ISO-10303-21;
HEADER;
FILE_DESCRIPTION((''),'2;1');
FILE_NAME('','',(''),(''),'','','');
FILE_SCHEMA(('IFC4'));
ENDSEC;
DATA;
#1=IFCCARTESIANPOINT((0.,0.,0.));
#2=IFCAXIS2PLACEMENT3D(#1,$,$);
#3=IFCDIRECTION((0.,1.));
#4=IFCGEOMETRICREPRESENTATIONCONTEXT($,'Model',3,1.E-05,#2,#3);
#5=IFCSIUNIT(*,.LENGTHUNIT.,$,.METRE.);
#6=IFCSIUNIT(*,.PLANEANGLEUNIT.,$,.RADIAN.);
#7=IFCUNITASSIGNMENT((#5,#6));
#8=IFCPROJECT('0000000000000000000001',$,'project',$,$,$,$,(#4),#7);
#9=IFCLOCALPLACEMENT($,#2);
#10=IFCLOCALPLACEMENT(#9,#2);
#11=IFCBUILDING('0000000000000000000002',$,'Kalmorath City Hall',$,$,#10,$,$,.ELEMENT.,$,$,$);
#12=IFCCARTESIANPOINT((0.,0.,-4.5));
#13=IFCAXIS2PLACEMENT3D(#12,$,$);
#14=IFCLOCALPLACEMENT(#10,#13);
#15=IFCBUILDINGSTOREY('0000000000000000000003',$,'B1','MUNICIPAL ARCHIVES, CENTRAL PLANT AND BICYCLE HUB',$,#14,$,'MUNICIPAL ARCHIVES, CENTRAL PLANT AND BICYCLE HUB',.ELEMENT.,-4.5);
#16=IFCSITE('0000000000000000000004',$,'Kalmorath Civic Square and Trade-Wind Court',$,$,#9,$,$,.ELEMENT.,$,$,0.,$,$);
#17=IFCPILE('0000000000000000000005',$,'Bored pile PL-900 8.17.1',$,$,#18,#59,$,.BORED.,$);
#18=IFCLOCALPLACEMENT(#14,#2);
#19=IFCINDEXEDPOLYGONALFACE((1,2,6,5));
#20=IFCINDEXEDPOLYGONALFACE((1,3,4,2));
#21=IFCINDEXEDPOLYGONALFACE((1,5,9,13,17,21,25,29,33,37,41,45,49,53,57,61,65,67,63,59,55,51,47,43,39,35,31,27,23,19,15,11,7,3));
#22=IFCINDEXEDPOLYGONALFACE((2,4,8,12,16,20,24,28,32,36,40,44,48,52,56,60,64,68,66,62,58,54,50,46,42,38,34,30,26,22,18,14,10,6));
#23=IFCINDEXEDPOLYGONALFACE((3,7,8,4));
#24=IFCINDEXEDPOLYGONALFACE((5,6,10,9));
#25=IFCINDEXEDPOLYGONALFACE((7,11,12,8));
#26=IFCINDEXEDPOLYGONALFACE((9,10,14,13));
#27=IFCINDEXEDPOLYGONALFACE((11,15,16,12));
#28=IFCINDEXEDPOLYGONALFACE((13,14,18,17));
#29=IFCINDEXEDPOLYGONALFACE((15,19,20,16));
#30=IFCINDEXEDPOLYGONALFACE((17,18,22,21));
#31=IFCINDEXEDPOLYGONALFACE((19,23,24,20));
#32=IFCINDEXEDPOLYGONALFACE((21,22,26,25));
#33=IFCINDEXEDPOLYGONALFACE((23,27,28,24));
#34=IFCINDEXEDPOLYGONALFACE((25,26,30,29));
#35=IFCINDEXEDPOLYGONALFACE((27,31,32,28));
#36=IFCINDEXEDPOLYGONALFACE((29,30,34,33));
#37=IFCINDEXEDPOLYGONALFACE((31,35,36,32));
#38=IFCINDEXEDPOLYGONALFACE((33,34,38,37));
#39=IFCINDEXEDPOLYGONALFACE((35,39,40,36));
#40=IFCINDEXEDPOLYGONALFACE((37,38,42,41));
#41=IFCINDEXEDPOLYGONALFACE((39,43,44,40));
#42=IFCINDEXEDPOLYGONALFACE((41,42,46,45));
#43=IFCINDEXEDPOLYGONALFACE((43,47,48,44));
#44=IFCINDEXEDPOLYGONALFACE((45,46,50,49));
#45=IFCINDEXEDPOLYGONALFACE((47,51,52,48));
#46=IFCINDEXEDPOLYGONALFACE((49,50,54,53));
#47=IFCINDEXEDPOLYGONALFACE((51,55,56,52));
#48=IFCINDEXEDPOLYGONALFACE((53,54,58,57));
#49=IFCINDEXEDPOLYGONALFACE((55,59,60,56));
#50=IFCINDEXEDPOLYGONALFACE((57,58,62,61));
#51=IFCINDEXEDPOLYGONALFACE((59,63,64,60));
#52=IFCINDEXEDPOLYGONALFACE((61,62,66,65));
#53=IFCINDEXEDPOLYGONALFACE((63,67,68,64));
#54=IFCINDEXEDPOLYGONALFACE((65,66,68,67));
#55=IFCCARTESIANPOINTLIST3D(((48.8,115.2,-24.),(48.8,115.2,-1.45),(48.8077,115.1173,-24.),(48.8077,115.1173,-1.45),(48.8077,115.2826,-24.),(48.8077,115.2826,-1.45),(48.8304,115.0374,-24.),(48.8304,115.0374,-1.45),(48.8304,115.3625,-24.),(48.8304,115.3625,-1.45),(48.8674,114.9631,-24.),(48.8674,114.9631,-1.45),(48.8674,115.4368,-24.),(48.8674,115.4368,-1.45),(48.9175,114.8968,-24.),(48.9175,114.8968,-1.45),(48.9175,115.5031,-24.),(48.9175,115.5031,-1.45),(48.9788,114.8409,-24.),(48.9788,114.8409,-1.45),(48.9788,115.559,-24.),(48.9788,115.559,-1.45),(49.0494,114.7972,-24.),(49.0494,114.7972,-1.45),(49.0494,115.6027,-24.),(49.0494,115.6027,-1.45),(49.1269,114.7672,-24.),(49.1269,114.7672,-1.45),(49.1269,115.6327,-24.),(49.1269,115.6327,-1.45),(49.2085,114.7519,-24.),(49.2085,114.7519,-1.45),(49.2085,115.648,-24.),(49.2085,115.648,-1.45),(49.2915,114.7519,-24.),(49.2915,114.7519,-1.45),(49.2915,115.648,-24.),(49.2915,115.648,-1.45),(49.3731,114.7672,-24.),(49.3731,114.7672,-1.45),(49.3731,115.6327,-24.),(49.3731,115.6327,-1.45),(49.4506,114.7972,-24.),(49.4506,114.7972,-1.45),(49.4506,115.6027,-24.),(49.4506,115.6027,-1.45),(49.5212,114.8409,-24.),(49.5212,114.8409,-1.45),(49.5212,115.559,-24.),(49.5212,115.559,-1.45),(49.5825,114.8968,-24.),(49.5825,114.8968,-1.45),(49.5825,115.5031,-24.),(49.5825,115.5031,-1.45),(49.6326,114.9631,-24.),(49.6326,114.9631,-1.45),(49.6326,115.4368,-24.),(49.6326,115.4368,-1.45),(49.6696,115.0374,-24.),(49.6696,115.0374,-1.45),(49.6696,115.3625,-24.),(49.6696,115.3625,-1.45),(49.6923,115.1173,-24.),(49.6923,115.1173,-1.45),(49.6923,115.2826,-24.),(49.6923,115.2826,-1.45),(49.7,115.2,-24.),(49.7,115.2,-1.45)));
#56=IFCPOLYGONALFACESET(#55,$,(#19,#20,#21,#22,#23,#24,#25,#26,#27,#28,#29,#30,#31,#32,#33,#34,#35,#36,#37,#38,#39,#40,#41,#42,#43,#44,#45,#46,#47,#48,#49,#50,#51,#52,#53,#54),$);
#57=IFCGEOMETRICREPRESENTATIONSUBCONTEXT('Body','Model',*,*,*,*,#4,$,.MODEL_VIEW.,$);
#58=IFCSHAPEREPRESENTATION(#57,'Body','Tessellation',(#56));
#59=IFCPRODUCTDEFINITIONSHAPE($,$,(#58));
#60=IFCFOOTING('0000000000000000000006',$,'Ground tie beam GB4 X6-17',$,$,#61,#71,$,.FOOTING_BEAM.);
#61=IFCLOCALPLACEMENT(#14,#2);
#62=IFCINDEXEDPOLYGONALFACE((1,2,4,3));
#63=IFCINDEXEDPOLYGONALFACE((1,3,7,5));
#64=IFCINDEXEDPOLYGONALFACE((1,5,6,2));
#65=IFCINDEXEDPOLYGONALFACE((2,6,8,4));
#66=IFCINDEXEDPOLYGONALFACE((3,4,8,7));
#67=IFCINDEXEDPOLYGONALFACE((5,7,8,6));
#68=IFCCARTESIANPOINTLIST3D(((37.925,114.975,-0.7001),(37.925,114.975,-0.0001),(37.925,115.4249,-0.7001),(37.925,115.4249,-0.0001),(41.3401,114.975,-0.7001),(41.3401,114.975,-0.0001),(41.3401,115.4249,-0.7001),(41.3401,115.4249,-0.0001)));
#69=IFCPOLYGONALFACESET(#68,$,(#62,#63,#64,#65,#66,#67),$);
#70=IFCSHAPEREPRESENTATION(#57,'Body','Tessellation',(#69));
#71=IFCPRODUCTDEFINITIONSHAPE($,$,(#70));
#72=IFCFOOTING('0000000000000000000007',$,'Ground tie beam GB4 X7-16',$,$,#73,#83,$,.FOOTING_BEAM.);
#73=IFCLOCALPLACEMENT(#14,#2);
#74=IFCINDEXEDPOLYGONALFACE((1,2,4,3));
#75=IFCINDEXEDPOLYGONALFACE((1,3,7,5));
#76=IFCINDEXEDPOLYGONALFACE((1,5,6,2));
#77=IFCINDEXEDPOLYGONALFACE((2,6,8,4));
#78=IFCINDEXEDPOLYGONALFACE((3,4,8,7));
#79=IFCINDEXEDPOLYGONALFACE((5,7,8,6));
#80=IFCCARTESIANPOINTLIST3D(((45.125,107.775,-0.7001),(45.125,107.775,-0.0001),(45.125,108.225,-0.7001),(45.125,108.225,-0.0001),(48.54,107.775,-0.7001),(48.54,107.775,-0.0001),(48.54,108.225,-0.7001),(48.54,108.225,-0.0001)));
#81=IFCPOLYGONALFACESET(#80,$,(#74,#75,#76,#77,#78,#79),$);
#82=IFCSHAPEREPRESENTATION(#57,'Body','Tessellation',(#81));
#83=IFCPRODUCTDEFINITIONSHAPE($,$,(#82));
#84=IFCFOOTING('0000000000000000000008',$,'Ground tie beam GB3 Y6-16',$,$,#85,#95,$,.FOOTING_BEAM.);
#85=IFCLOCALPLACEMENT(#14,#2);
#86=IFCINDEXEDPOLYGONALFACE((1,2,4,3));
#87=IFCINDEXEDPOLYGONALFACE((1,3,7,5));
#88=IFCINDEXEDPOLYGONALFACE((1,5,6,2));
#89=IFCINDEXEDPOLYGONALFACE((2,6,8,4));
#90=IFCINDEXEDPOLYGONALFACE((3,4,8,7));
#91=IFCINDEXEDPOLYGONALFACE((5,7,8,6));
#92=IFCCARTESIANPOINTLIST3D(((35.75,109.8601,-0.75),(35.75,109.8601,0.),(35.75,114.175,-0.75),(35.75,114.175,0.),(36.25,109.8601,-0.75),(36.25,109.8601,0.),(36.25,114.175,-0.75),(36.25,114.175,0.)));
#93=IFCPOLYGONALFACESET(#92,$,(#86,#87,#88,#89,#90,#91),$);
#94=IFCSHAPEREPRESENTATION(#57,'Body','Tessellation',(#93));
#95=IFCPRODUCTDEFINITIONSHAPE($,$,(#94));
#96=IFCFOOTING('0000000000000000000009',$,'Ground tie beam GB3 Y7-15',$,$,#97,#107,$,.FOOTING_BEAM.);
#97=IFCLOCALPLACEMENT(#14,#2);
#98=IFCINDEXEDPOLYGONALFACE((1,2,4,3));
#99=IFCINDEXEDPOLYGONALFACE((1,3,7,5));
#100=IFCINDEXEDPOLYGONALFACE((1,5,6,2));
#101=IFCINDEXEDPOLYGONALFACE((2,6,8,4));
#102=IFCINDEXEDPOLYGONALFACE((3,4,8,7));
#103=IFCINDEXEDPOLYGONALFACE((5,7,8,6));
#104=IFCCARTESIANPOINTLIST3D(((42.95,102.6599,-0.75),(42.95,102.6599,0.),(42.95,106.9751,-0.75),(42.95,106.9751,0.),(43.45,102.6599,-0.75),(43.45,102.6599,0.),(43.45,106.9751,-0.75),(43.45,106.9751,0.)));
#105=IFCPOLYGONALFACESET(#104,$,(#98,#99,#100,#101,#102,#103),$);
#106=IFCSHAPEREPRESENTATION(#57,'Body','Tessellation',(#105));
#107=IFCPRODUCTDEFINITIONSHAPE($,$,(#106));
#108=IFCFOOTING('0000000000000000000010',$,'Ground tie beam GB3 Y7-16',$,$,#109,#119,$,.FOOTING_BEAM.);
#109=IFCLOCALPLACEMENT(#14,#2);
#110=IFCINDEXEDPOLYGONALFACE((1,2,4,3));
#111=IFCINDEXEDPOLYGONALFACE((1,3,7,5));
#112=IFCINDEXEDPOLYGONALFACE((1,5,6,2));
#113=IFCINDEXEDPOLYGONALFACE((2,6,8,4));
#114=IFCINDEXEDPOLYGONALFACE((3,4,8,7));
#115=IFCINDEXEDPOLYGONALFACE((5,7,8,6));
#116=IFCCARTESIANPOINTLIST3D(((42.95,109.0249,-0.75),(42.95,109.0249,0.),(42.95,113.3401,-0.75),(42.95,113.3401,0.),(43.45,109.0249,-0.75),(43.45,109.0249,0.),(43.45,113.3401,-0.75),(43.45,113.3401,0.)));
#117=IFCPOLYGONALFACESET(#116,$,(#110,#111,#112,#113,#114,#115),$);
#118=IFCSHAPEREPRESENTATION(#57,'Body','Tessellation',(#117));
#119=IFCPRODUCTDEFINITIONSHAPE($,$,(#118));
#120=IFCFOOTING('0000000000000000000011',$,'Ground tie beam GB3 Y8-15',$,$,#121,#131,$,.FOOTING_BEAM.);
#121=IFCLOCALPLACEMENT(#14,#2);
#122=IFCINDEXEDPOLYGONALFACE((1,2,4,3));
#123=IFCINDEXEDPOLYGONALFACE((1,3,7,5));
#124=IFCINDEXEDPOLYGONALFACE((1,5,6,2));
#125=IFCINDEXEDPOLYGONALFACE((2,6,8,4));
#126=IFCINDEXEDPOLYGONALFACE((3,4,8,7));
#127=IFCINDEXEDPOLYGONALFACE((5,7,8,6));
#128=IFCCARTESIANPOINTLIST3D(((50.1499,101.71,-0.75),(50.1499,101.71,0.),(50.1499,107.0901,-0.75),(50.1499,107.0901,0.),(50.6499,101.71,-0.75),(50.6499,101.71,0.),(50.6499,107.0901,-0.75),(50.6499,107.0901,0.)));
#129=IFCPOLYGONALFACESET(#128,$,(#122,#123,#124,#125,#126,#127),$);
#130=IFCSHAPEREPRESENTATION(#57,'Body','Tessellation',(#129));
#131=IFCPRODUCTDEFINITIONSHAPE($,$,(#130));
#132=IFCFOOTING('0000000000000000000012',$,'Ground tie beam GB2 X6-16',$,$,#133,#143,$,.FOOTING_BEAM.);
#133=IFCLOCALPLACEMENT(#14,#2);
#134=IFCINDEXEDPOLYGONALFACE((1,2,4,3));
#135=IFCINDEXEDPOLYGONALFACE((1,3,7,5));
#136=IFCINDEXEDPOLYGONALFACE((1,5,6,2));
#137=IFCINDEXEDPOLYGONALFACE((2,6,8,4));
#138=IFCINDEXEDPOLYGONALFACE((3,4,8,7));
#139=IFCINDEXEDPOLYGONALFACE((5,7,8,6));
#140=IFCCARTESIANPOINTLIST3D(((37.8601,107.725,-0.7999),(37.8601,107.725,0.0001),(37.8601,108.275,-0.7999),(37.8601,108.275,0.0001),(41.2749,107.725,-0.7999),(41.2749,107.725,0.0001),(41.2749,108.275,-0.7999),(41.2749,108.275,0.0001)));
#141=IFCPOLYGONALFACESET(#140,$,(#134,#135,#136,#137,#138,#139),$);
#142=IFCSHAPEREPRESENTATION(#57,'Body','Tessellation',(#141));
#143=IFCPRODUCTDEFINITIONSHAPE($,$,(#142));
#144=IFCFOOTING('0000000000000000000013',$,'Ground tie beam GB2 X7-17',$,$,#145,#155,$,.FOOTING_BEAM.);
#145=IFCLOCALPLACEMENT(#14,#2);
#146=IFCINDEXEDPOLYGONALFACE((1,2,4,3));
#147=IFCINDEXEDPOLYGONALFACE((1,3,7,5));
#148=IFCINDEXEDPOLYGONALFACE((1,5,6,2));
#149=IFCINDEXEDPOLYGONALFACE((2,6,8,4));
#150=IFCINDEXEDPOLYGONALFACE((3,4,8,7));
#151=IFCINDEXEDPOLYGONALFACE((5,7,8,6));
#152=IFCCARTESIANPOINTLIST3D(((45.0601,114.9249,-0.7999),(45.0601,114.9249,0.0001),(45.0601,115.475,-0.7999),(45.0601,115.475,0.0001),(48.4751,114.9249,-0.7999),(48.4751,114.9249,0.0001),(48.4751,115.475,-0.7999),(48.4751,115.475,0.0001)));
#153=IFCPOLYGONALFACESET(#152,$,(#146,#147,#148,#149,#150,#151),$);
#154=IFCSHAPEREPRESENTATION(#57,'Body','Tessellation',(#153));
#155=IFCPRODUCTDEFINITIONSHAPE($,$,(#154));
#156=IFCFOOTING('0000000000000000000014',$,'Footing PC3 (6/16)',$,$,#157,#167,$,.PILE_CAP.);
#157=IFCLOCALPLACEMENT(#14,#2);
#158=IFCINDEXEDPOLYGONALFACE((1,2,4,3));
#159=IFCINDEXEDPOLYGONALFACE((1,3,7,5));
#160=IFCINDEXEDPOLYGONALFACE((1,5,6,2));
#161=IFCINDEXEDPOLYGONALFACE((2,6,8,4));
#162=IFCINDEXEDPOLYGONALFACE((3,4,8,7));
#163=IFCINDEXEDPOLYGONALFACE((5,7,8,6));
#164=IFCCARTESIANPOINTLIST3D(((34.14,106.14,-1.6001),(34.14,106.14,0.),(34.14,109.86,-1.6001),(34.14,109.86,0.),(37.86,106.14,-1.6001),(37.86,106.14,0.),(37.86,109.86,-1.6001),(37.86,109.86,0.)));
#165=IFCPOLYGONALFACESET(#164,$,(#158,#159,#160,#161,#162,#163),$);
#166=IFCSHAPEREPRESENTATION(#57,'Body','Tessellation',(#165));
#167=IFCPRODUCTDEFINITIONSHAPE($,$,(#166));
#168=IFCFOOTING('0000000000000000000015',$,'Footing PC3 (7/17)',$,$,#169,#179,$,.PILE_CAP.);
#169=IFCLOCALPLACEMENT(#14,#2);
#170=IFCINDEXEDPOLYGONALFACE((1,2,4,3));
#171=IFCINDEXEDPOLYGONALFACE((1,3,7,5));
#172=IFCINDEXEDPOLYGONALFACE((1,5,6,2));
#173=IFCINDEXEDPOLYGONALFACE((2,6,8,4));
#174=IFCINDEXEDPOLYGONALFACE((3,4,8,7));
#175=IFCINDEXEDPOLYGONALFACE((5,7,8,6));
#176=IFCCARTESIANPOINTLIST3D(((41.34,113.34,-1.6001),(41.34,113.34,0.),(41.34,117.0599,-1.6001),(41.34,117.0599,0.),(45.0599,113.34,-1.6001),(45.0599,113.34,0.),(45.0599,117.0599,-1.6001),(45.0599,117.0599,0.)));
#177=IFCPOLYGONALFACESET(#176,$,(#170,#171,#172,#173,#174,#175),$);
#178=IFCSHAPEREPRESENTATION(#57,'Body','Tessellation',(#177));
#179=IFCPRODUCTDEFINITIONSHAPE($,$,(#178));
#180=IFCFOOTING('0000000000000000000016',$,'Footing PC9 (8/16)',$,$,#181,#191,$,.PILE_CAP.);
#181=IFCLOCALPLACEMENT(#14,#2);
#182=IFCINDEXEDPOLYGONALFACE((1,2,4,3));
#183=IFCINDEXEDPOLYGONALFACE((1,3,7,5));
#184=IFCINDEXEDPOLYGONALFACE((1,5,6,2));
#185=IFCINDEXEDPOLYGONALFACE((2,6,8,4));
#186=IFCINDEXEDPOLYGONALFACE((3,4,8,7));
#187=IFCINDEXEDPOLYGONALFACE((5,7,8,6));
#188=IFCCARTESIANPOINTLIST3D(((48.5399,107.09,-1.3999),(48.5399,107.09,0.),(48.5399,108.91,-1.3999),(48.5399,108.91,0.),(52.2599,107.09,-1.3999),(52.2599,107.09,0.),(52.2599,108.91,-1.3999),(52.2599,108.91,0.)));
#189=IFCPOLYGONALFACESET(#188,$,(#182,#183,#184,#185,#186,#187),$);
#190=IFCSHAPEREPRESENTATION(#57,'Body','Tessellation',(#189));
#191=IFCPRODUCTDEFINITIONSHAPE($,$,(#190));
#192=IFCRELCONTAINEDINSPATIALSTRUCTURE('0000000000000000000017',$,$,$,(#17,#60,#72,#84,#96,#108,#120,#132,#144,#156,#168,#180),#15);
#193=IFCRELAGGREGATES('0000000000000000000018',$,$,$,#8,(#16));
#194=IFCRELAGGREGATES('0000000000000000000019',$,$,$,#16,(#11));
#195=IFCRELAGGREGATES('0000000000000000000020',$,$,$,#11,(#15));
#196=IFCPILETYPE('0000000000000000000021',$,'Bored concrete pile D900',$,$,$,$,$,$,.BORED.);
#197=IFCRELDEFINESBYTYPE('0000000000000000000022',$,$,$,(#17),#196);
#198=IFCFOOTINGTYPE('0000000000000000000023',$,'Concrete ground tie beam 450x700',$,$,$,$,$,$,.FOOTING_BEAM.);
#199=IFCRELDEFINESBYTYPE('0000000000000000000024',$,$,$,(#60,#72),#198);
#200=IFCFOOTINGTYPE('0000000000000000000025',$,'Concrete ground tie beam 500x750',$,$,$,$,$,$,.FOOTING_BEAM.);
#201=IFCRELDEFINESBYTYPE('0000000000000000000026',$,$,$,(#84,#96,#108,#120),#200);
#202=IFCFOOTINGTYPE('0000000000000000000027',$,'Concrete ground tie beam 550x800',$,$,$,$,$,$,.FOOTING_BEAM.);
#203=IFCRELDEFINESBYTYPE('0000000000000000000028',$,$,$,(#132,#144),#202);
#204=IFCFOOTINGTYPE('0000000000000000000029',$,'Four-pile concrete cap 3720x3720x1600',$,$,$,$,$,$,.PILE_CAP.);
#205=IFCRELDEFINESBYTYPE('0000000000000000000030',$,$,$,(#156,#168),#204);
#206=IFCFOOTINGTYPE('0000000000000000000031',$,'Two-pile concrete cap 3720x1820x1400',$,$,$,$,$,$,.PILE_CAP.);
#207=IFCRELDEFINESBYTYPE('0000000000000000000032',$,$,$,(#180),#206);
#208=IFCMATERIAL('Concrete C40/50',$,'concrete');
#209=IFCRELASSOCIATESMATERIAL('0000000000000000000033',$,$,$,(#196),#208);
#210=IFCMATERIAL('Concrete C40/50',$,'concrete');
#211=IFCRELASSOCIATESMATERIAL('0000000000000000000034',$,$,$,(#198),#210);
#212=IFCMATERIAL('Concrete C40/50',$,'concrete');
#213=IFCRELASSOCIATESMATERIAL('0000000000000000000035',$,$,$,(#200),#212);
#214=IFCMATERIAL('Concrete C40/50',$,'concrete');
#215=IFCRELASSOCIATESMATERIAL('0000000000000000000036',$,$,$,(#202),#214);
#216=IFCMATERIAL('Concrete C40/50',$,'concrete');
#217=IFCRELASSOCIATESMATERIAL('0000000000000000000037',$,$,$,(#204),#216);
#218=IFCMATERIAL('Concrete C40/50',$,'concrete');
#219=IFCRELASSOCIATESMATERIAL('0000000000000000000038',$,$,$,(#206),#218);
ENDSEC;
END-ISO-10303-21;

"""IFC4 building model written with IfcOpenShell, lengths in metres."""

from ifc_helpers import new_model, si_unit, direction, frame, origin, origin_2d, place, context, subcontext, project, spatial, rectangle, circle, extrude, material, material_profile, profile_set, type_object, element, save


model = new_model("IFC4")

# Units and contexts
model_context = context("Model", 3, precision=1e-05, world=origin(), true_north=direction((0.0, 1.0)))
body_context = subcontext(model_context, "Body", "Model", "MODEL_VIEW")
ifc_project = project(units=[si_unit("LENGTHUNIT", "METRE"), si_unit("PLANEANGLEUNIT", "RADIAN")], contexts=[model_context])

# Site, building, storey
site_placement = place(None, origin())
site = spatial("IfcSite", under=ifc_project, at=site_placement, Name="Kalmorath Civic Square and Trade-Wind Court", CompositionType="ELEMENT", RefElevation=0.0)
building_placement = place(site_placement, origin())
building = spatial("IfcBuilding", under=site, at=building_placement, Name="Kalmorath City Hall", CompositionType="ELEMENT")
storey_placement = place(building_placement, frame((0.0, 0.0, -4.5)))
storey = spatial("IfcBuildingStorey", under=building, at=storey_placement, Name="B1", Description="MUNICIPAL ARCHIVES, CENTRAL PLANT AND BICYCLE HUB", LongName="MUNICIPAL ARCHIVES, CENTRAL PLANT AND BICYCLE HUB", CompositionType="ELEMENT", Elevation=-4.5)

# Pile
ifc_material_1 = material(Name="Concrete C40/50", Category="concrete")
ifc_material_profile_1 = material_profile(ifc_material_1, circle(Radius=0.45, at=origin_2d()), Name="PILE-D900")
ifc_profile_set_1 = profile_set([ifc_material_profile_1], Name="Concrete C40/50")
pile_type = type_object("IfcPileType", Name="Bored concrete pile D900", PredefinedType="BORED", material=ifc_profile_set_1)
pile_1_placement = place(storey_placement, frame((49.25, 115.2, -1.45), z_axis=(0.0, 0.0, -1.0), x_axis=(1.0, 0.0, 0.0)))
element("IfcPile", 1, at=pile_1_placement, inside=storey, type_object=pile_type, Name="Bored pile PL-900 8.17.1", PredefinedType="BORED", context=body_context, shape_type="SweptSolid", body=[
    extrude(circle(Radius=0.45, at=origin_2d()), origin(), (0.0, 0.0, 1.0), 22.55),
])

# Footings
ifc_material_2 = material(Name="Concrete C40/50", Category="concrete")
ifc_material_profile_2 = material_profile(ifc_material_2, rectangle(XDim=0.45, YDim=0.7, at=origin_2d()), Name="RC-BM-450X700")
ifc_profile_set_2 = profile_set([ifc_material_profile_2], Name="Concrete C40/50")
footing_type_1 = type_object("IfcFootingType", Name="Concrete ground tie beam 450x700", PredefinedType="FOOTING_BEAM", material=ifc_profile_set_2)
for number, where, z_axis, x_axis, name in (
    (2, (37.925, 115.2, -0.3501), (1.0, 0.0, 0.0), (0.0, 1.0, 0.0), "Ground tie beam GB4 X6-17"),
    (3, (45.125, 108.0, -0.3501), (1.0, 0.0, 0.0), (0.0, 1.0, 0.0), "Ground tie beam GB4 X7-16"),
):
    element("IfcFooting", number, at=place(storey_placement, frame(where, z_axis=z_axis, x_axis=x_axis)), inside=storey, type_object=footing_type_1, Name=name, PredefinedType="FOOTING_BEAM", context=body_context, shape_type="SweptSolid", body=[
        extrude(rectangle(XDim=0.45, YDim=0.7, at=origin_2d()), origin(), (0.0, 0.0, 1.0), 3.415),
    ])
ifc_material_3 = material(Name="Concrete C40/50", Category="concrete")
ifc_material_profile_3 = material_profile(ifc_material_3, rectangle(XDim=0.5, YDim=0.75, at=origin_2d()), Name="RC-BM-500X750")
ifc_profile_set_3 = profile_set([ifc_material_profile_3], Name="Concrete C40/50")
footing_type_2 = type_object("IfcFootingType", Name="Concrete ground tie beam 500x750", PredefinedType="FOOTING_BEAM", material=ifc_profile_set_3)
footing_1_placement = place(storey_placement, frame((36.0, 109.8601, -0.375), z_axis=(0.0, 1.0, 0.0), x_axis=(-1.0, 0.0, 0.0)))
element("IfcFooting", 4, at=footing_1_placement, inside=storey, type_object=footing_type_2, Name="Ground tie beam GB3 Y6-16", PredefinedType="FOOTING_BEAM", context=body_context, shape_type="SweptSolid", body=[
    extrude(rectangle(XDim=0.5, YDim=0.75, at=origin_2d()), origin(), (0.0, 0.0, 1.0), 4.3149),
])
for number, where, z_axis, x_axis, name in (
    (5, (43.2, 102.6599, -0.375), (0.0, 1.0, 0.0), (-1.0, 0.0, 0.0), "Ground tie beam GB3 Y7-15"),
    (6, (43.2, 109.0249, -0.375), (0.0, 1.0, 0.0), (-1.0, 0.0, 0.0), "Ground tie beam GB3 Y7-16"),
):
    element("IfcFooting", number, at=place(storey_placement, frame(where, z_axis=z_axis, x_axis=x_axis)), inside=storey, type_object=footing_type_2, Name=name, PredefinedType="FOOTING_BEAM", context=body_context, shape_type="SweptSolid", body=[
        extrude(rectangle(XDim=0.5, YDim=0.75, at=origin_2d()), origin(), (0.0, 0.0, 1.0), 4.3152),
    ])
footing_2_placement = place(storey_placement, frame((50.3999, 101.71, -0.375), z_axis=(0.0, 1.0, 0.0), x_axis=(-1.0, 0.0, 0.0)))
element("IfcFooting", 7, at=footing_2_placement, inside=storey, type_object=footing_type_2, Name="Ground tie beam GB3 Y8-15", PredefinedType="FOOTING_BEAM", context=body_context, shape_type="SweptSolid", body=[
    extrude(rectangle(XDim=0.5, YDim=0.75, at=origin_2d()), origin(), (0.0, 0.0, 1.0), 5.3801),
])
ifc_material_4 = material(Name="Concrete C40/50", Category="concrete")
ifc_material_profile_4 = material_profile(ifc_material_4, rectangle(XDim=0.55, YDim=0.8, at=origin_2d()), Name="RC-BM-550X800")
ifc_profile_set_4 = profile_set([ifc_material_profile_4], Name="Concrete C40/50")
footing_type_3 = type_object("IfcFootingType", Name="Concrete ground tie beam 550x800", PredefinedType="FOOTING_BEAM", material=ifc_profile_set_4)
footing_3_placement = place(storey_placement, frame((37.8601, 108.0, -0.3999), z_axis=(1.0, 0.0, 0.0), x_axis=(0.0, 1.0, 0.0)))
element("IfcFooting", 8, at=footing_3_placement, inside=storey, type_object=footing_type_3, Name="Ground tie beam GB2 X6-16", PredefinedType="FOOTING_BEAM", context=body_context, shape_type="SweptSolid", body=[
    extrude(rectangle(XDim=0.55, YDim=0.8, at=origin_2d()), origin(), (0.0, 0.0, 1.0), 3.4148),
])
footing_4_placement = place(storey_placement, frame((45.0601, 115.2, -0.3999), z_axis=(1.0, 0.0, 0.0), x_axis=(0.0, 1.0, 0.0)))
element("IfcFooting", 9, at=footing_4_placement, inside=storey, type_object=footing_type_3, Name="Ground tie beam GB2 X7-17", PredefinedType="FOOTING_BEAM", context=body_context, shape_type="SweptSolid", body=[
    extrude(rectangle(XDim=0.55, YDim=0.8, at=origin_2d()), origin(), (0.0, 0.0, 1.0), 3.415),
])
ifc_material_5 = material(Name="Concrete C40/50", Category="concrete")
footing_type_4 = type_object("IfcFootingType", Name="Four-pile concrete cap 3720x3720x1600", PredefinedType="PILE_CAP", material=ifc_material_5)
for number, where, z_axis, x_axis, name in (
    (10, (36.0, 108.0, -1.6001), (0.0, 0.0, 1.0), (1.0, 0.0, 0.0), "Footing PC3 (6/16)"),
    (11, (43.2, 115.2, -1.6001), (0.0, 0.0, 1.0), (1.0, 0.0, 0.0), "Footing PC3 (7/17)"),
):
    element("IfcFooting", number, at=place(storey_placement, frame(where, z_axis=z_axis, x_axis=x_axis)), inside=storey, type_object=footing_type_4, Name=name, PredefinedType="PILE_CAP", context=body_context, shape_type="SweptSolid", body=[
        extrude(rectangle(XDim=3.72, YDim=3.72, at=origin_2d()), origin(), (0.0, 0.0, 1.0), 1.6001),
    ])
ifc_material_6 = material(Name="Concrete C40/50", Category="concrete")
footing_type_5 = type_object("IfcFootingType", Name="Two-pile concrete cap 3720x1820x1400", PredefinedType="PILE_CAP", material=ifc_material_6)
footing_5_placement = place(storey_placement, frame((50.3999, 108.0, -1.3999), z_axis=(0.0, 0.0, 1.0), x_axis=(1.0, 0.0, 0.0)))
element("IfcFooting", 12, at=footing_5_placement, inside=storey, type_object=footing_type_5, Name="Footing PC9 (8/16)", PredefinedType="PILE_CAP", context=body_context, shape_type="SweptSolid", body=[
    extrude(rectangle(XDim=3.72, YDim=1.8201, at=origin_2d()), origin(), (0.0, 0.0, 1.0), 1.3999),
])

save(model, "model.ifc")
